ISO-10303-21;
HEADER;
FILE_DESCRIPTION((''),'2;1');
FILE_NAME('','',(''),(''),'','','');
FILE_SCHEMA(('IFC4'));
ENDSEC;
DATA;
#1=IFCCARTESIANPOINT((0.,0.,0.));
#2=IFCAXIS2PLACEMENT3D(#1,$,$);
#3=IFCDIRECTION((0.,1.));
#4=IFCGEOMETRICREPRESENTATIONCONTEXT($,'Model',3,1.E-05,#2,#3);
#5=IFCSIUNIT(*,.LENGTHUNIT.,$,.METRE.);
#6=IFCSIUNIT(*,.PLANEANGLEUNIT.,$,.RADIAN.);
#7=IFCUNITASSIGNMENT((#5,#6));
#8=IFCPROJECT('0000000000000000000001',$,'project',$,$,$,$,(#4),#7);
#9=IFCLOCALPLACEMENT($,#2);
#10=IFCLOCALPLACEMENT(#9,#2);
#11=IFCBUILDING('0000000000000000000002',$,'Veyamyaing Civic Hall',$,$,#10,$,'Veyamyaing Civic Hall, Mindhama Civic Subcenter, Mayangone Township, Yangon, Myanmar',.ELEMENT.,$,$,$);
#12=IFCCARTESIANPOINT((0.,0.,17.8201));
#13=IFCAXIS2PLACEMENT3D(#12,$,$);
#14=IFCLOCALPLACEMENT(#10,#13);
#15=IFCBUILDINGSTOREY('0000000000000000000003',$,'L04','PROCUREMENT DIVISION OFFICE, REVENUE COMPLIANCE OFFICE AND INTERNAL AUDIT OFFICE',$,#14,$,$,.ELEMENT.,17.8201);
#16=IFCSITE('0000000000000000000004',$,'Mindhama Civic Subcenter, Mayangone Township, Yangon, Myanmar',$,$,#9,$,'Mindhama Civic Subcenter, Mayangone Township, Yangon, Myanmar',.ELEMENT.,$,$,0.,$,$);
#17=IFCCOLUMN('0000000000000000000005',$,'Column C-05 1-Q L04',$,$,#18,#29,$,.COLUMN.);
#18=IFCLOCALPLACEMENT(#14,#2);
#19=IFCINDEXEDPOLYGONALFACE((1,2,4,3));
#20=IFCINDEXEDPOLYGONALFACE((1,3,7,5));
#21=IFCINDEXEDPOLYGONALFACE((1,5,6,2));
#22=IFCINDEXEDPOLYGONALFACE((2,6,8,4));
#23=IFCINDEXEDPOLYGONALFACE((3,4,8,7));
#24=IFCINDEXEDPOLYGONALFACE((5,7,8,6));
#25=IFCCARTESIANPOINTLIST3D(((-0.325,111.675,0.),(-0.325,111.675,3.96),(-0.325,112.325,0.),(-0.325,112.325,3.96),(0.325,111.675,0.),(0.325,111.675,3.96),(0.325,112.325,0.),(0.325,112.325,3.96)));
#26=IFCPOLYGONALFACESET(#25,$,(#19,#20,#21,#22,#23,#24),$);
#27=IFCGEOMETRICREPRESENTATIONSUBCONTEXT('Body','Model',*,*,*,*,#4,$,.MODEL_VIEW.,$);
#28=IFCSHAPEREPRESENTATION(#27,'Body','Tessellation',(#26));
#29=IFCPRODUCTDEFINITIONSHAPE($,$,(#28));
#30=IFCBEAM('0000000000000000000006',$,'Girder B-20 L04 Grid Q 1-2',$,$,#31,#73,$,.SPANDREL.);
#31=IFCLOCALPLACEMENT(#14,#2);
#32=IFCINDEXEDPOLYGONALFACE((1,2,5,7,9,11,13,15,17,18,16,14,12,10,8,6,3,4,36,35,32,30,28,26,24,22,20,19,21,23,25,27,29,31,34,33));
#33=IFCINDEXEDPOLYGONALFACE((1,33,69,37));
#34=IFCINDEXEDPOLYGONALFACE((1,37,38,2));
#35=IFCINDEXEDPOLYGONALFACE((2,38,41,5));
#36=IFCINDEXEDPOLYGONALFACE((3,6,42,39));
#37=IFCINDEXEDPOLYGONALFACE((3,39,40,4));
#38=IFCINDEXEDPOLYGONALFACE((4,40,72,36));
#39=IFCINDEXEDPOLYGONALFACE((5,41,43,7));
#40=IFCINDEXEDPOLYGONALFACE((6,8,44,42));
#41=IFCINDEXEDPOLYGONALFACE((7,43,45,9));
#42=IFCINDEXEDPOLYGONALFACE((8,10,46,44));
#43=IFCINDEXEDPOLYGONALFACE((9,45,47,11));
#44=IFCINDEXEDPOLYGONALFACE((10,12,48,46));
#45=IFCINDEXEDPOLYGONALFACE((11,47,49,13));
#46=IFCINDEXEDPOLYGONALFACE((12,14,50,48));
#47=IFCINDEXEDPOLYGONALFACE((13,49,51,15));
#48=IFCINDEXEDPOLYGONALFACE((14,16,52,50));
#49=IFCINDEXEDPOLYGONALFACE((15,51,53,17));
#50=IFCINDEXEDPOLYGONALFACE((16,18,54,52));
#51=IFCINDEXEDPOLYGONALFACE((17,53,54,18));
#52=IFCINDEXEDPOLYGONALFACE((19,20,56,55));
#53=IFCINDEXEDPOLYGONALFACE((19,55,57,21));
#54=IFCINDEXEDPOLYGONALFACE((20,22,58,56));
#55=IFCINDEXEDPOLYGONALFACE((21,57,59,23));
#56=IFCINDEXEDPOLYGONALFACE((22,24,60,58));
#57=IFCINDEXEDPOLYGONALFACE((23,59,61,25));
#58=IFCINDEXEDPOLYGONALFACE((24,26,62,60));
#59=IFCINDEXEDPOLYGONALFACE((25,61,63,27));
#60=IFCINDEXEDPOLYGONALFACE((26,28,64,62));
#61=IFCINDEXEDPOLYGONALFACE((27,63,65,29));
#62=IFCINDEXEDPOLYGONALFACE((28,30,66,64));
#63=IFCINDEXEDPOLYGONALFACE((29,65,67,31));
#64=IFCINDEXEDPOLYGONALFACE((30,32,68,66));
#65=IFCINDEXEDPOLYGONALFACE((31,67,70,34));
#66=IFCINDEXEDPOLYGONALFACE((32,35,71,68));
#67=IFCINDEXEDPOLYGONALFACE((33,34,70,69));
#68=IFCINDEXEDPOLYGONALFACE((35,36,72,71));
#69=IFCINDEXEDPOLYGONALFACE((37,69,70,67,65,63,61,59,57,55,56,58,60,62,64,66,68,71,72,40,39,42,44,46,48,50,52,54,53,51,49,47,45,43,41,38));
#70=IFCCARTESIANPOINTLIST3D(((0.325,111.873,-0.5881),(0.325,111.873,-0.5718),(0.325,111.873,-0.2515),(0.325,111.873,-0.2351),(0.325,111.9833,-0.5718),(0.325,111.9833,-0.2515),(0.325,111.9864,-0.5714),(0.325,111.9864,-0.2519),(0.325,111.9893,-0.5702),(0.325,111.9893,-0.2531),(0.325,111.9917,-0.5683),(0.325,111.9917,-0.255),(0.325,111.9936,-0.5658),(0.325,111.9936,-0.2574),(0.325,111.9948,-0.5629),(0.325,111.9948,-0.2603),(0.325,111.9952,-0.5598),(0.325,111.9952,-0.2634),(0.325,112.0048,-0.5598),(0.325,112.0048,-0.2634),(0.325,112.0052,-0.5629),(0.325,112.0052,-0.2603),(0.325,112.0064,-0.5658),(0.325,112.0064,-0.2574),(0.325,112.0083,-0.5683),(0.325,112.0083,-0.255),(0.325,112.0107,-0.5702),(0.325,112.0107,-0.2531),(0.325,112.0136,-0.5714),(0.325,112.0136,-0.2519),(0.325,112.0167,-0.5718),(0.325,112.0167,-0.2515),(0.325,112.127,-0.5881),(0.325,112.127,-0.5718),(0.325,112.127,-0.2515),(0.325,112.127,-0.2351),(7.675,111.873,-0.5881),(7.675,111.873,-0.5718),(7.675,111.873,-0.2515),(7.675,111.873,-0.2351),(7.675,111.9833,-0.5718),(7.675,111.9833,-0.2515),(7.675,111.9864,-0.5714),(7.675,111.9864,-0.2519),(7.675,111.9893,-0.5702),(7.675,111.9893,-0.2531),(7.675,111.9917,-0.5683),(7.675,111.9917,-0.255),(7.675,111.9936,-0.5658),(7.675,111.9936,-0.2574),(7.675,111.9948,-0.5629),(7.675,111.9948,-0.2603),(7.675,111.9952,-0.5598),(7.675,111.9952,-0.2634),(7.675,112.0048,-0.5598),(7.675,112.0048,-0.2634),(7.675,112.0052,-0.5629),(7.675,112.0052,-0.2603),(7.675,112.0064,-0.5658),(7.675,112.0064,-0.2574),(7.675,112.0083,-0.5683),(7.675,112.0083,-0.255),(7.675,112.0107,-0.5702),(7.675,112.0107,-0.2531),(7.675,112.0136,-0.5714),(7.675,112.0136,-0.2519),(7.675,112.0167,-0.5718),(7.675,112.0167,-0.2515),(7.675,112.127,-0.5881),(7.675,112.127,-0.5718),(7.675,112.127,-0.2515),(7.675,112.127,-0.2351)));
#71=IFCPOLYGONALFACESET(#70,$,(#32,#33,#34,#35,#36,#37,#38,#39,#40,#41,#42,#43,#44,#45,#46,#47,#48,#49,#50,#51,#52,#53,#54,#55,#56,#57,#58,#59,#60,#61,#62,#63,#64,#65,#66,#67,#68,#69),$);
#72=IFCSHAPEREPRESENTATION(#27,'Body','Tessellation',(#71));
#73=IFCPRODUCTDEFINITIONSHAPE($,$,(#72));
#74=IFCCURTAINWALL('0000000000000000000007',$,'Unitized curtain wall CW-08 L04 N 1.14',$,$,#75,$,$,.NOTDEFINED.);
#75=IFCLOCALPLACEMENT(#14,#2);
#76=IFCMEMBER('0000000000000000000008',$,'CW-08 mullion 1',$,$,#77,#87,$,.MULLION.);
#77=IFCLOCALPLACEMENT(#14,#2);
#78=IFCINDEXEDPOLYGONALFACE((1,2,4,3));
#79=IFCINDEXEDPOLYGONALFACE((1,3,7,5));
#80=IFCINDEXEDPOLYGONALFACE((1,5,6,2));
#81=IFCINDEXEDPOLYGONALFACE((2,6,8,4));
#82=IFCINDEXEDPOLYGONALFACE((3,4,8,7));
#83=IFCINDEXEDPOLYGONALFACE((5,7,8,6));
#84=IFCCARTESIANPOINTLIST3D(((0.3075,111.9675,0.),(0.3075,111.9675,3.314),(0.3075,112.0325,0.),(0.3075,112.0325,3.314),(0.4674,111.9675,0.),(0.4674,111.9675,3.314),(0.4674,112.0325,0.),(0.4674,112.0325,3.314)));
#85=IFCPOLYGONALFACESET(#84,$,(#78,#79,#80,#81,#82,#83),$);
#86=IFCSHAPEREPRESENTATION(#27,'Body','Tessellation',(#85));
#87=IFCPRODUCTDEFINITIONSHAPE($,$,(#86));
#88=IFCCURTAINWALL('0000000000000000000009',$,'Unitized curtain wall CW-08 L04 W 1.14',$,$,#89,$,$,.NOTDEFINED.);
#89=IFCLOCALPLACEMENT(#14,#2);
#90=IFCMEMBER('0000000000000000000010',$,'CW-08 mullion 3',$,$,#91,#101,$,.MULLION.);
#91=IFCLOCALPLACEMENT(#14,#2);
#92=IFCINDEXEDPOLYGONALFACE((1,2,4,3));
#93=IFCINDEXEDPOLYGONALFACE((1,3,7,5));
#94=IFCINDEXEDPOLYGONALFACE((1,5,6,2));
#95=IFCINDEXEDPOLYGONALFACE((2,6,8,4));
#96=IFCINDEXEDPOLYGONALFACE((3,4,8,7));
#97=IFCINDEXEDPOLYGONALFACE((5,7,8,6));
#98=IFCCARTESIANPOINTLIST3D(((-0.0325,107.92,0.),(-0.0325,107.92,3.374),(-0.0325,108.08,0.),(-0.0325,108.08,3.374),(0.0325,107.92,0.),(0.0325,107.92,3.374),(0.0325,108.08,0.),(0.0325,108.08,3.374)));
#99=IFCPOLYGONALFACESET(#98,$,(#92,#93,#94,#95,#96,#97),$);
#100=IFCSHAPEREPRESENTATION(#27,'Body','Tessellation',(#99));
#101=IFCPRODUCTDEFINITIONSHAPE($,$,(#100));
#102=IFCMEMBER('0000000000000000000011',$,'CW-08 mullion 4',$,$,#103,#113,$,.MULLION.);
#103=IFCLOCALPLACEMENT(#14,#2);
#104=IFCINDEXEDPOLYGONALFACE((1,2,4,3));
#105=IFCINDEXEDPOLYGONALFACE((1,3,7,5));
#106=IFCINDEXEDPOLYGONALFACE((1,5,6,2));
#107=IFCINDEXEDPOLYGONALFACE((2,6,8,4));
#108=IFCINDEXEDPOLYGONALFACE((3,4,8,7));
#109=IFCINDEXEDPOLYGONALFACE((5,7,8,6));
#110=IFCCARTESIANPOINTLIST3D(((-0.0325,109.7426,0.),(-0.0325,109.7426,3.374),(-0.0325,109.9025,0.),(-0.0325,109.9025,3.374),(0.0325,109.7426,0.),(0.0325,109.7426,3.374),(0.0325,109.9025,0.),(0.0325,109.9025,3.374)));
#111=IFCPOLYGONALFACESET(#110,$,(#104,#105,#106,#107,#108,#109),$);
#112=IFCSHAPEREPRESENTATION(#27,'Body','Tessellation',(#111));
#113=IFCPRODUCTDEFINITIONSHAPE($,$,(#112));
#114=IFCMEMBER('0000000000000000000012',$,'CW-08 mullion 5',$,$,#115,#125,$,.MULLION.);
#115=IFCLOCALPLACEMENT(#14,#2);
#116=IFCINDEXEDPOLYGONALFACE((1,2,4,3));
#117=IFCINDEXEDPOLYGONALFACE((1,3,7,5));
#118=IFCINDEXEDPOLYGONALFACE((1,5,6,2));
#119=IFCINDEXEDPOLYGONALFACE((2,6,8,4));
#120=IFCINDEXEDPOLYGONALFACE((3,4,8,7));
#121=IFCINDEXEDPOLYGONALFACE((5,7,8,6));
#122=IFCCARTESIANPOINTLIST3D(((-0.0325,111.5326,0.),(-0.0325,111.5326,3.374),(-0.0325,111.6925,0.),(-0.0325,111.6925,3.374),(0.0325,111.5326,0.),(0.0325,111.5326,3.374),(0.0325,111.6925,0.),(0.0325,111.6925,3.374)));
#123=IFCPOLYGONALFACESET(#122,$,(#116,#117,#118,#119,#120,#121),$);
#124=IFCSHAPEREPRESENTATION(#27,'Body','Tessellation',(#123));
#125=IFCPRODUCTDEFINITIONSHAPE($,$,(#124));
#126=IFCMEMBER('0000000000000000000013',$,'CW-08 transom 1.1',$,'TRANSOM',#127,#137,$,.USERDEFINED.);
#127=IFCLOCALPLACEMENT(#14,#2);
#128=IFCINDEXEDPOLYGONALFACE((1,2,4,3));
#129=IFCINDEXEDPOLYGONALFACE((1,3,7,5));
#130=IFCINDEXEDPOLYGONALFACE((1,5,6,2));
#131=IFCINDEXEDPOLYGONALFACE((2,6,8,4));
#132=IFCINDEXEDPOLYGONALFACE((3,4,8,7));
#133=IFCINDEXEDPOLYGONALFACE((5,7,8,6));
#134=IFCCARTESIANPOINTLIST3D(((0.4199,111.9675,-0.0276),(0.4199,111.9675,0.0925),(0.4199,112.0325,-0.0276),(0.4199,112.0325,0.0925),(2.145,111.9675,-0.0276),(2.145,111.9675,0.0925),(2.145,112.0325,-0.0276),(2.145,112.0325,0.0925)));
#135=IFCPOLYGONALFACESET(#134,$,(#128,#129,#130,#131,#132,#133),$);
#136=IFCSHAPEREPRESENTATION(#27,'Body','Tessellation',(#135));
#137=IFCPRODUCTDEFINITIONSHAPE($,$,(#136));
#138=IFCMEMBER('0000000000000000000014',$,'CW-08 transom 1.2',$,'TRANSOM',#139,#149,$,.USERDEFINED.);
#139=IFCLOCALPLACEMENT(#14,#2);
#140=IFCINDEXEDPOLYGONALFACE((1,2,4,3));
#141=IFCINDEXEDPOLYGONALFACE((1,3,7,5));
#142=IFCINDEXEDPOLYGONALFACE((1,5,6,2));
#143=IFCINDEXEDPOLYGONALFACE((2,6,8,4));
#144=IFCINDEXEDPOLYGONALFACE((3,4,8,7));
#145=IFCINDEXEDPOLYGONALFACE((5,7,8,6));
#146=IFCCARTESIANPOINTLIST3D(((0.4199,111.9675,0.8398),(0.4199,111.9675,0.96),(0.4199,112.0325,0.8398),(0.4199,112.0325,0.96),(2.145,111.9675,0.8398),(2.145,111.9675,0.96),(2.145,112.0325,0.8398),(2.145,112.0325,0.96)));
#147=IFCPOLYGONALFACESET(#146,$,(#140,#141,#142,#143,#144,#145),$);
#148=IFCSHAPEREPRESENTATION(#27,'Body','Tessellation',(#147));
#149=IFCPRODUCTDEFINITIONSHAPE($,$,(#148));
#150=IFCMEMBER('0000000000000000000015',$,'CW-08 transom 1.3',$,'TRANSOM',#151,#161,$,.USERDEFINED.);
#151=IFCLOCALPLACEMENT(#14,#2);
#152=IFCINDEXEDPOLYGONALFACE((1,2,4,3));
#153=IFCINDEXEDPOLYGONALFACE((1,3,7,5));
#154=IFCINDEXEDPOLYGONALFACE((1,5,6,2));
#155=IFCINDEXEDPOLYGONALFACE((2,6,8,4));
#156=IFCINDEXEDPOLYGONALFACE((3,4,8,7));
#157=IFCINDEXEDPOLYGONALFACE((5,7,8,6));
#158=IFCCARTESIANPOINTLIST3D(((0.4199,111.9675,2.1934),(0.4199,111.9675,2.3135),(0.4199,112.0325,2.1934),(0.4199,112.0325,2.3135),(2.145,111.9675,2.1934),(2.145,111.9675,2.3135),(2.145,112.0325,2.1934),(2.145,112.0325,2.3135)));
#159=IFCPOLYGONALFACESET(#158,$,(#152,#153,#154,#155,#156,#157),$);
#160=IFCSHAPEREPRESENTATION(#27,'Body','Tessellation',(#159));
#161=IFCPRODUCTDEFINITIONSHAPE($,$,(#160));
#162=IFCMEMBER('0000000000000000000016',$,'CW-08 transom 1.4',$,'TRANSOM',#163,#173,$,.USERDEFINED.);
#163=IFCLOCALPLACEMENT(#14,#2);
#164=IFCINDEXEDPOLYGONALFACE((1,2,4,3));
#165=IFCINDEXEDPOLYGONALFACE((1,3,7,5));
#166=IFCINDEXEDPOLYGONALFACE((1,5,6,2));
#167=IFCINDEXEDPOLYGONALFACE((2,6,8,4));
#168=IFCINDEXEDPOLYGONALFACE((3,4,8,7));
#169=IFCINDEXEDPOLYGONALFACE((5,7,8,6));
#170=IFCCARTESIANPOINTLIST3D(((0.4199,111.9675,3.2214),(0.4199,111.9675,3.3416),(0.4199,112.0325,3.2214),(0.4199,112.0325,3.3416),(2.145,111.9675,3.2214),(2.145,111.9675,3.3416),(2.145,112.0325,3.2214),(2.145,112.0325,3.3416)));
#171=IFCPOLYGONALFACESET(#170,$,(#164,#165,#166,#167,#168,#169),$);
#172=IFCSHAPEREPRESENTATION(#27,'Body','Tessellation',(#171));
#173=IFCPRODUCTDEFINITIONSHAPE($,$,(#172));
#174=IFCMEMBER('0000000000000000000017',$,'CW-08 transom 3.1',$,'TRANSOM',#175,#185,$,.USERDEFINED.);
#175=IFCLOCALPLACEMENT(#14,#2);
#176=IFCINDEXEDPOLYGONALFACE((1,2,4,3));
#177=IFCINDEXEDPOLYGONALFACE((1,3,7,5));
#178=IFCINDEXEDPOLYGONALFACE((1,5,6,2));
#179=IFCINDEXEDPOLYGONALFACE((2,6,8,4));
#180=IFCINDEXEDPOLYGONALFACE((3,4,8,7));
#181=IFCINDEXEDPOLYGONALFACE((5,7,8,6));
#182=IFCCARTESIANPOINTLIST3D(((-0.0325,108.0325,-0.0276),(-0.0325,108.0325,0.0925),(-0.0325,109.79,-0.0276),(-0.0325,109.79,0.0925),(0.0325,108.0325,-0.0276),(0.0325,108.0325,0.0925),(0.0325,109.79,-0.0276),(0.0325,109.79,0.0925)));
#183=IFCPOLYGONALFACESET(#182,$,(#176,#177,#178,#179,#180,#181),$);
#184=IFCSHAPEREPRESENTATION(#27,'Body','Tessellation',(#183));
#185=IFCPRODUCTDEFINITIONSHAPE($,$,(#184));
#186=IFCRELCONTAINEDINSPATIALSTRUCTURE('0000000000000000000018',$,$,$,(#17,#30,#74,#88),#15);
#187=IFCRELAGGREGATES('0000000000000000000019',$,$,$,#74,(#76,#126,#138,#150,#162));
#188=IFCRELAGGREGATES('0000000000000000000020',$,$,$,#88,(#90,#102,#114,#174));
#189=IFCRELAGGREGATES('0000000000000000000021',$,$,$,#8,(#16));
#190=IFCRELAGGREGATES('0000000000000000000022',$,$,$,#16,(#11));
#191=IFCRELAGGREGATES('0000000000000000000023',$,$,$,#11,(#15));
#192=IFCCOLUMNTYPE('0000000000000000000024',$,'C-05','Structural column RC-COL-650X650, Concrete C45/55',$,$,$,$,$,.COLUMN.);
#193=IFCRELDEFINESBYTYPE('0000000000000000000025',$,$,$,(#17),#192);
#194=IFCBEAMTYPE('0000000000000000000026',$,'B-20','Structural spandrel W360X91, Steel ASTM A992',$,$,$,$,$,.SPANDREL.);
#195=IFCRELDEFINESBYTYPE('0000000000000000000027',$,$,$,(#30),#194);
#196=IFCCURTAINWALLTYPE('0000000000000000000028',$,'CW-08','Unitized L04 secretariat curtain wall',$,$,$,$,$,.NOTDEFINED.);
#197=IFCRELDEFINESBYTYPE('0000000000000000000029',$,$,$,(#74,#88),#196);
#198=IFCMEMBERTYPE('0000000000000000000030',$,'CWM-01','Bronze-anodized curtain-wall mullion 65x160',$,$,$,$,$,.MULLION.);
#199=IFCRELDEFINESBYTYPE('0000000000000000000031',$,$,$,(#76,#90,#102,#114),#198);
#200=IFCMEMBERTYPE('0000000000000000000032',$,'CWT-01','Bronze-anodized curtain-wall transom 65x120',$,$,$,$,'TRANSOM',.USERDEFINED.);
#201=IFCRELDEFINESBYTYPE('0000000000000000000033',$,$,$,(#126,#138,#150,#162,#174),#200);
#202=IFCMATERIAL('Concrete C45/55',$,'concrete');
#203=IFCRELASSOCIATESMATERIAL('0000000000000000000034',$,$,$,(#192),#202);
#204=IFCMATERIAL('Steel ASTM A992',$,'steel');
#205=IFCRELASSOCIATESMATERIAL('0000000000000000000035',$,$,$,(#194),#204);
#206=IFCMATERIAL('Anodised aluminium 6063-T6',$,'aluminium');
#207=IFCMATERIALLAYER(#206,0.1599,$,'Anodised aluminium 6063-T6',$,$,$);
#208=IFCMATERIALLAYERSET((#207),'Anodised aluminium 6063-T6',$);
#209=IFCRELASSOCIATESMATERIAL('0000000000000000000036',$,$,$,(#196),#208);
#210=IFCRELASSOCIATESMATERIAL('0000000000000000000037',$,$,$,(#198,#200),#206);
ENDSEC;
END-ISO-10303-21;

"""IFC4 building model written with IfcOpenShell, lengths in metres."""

from ifc_helpers import new_model, si_unit, direction, frame, origin, origin_2d, place, context, subcontext, project, spatial, rectangle, i_section, extrude, material, layer, layer_set, material_profile, profile_set, type_object, element, aggregate, save


model = new_model("IFC4")

# Units and contexts
model_context = context("Model", 3, precision=1e-05, world=origin(), true_north=direction((0.0, 1.0)))
body_context = subcontext(model_context, "Body", "Model", "MODEL_VIEW")
ifc_project = project(units=[si_unit("LENGTHUNIT", "METRE"), si_unit("PLANEANGLEUNIT", "RADIAN")], contexts=[model_context])

# Site, building, storey
site_placement = place(None, origin())
site = spatial("IfcSite", under=ifc_project, at=site_placement, Name="Mindhama Civic Subcenter, Mayangone Township, Yangon, Myanmar", LongName="Mindhama Civic Subcenter, Mayangone Township, Yangon, Myanmar", CompositionType="ELEMENT", RefElevation=0.0)
building_placement = place(site_placement, origin())
building = spatial("IfcBuilding", under=site, at=building_placement, Name="Veyamyaing Civic Hall", LongName="Veyamyaing Civic Hall, Mindhama Civic Subcenter, Mayangone Township, Yangon, Myanmar", CompositionType="ELEMENT")
storey_placement = place(building_placement, frame((0.0, 0.0, 17.8201)))
storey = spatial("IfcBuildingStorey", under=building, at=storey_placement, Name="L04", Description="PROCUREMENT DIVISION OFFICE, REVENUE COMPLIANCE OFFICE AND INTERNAL AUDIT OFFICE", CompositionType="ELEMENT", Elevation=17.8201)

# Column
ifc_material_1 = material(Name="Concrete C45/55", Category="concrete")
ifc_material_profile_1 = material_profile(ifc_material_1, rectangle(XDim=0.6499, YDim=0.6499, at=origin_2d()), Name="RC-COL-650X650")
ifc_profile_set_1 = profile_set([ifc_material_profile_1], Name="Concrete C45/55")
column_type = type_object("IfcColumnType", Name="C-05", Description="Structural column RC-COL-650X650, Concrete C45/55", PredefinedType="COLUMN", material=ifc_profile_set_1)
column_placement = place(storey_placement, frame((0.0, 112.0, 0.0), z_axis=(0.0, 0.0, 1.0), x_axis=(1.0, 0.0, 0.0)))
element("IfcColumn", 1, at=column_placement, inside=storey, type_object=column_type, Name="Column C-05 1-Q L04", PredefinedType="COLUMN", context=body_context, shape_type="SweptSolid", body=[
    extrude(rectangle(XDim=0.6499, YDim=0.6499, at=origin_2d()), origin(), (0.0, 0.0, 1.0), 3.96),
])

# Beam
ifc_material_2 = material(Name="Steel ASTM A992", Category="steel")
ifc_material_profile_2 = material_profile(ifc_material_2, i_section(OverallWidth=0.2539, OverallDepth=0.353, WebThickness=0.0095, FlangeThickness=0.0164, FilletRadius=0.012, at=origin_2d()), Name="W360X91")
ifc_profile_set_2 = profile_set([ifc_material_profile_2], Name="Steel ASTM A992")
beam_type_1 = type_object("IfcBeamType", Name="B-20", Description="Structural spandrel W360X91, Steel ASTM A992", PredefinedType="SPANDREL", material=ifc_profile_set_2)
beam_1_placement = place(storey_placement, frame((0.325, 112.0, -0.4116), z_axis=(1.0, 0.0, 0.0), x_axis=(0.0, 1.0, 0.0)))
element("IfcBeam", 2, at=beam_1_placement, inside=storey, type_object=beam_type_1, Name="Girder B-20 L04 Grid Q 1-2", PredefinedType="SPANDREL", context=body_context, shape_type="SweptSolid", body=[
    extrude(i_section(OverallWidth=0.2539, OverallDepth=0.353, WebThickness=0.0095, FlangeThickness=0.0164, FilletRadius=0.012, at=origin_2d()), origin(), (0.0, 0.0, 1.0), 7.3501),
])

# Curtain wall, member
ifc_material_3 = material(Name="Anodised aluminium 6063-T6", Category="aluminium")
ifc_layer_1 = layer(ifc_material_3, 0.1599, Name="Anodised aluminium 6063-T6")
ifc_layer_set_1 = layer_set([ifc_layer_1], Name="Anodised aluminium 6063-T6")
curtain_wall_type = type_object("IfcCurtainWallType", Name="CW-08", Description="Unitized L04 secretariat curtain wall", PredefinedType="NOTDEFINED", material=ifc_layer_set_1)
curtain_wall_1_placement = place(storey_placement, origin())
curtain_wall_1 = element("IfcCurtainWall", 3, at=curtain_wall_1_placement, inside=storey, type_object=curtain_wall_type, Name="Unitized curtain wall CW-08 L04 N 1.14", PredefinedType="NOTDEFINED")
ifc_material_profile_3 = material_profile(ifc_material_3, rectangle(XDim=0.0649, YDim=0.1599, at=origin_2d()), Name="ALU-MUL-65X160")
ifc_profile_set_3 = profile_set([ifc_material_profile_3], Name="Anodised aluminium 6063-T6")
member_type_1 = type_object("IfcMemberType", Name="CWM-01", Description="Bronze-anodized curtain-wall mullion 65x160", PredefinedType="MULLION", material=ifc_profile_set_3)
member_1_placement = place(storey_placement, frame((0.3875, 112.0, 0.0), z_axis=(0.0, 0.0, 1.0), x_axis=(0.0, 1.0, 0.0)))
member_1 = element("IfcMember", 4, at=member_1_placement, type_object=member_type_1, Name="CW-08 mullion 1", PredefinedType="MULLION", context=body_context, shape_type="SweptSolid", body=[
    extrude(rectangle(XDim=0.0649, YDim=0.1599, at=origin_2d()), origin(), (0.0, 0.0, 1.0), 3.314),
])

# Curtain wall, members
curtain_wall_2_placement = place(storey_placement, origin())
curtain_wall_2 = element("IfcCurtainWall", 5, at=curtain_wall_2_placement, inside=storey, type_object=curtain_wall_type, Name="Unitized curtain wall CW-08 L04 W 1.14", PredefinedType="NOTDEFINED")
member_2_placement = place(storey_placement, frame((0.0, 108.0, 0.0), z_axis=(0.0, 0.0, 1.0), x_axis=(-1.0, 0.0, 0.0)))
member_2 = element("IfcMember", 6, at=member_2_placement, type_object=member_type_1, Name="CW-08 mullion 3", PredefinedType="MULLION", context=body_context, shape_type="SweptSolid", body=[
    extrude(rectangle(XDim=0.0649, YDim=0.1599, at=origin_2d()), origin(), (0.0, 0.0, 1.0), 3.374),
])
member_3_placement = place(storey_placement, frame((0.0, 109.8225, 0.0), z_axis=(0.0, 0.0, 1.0), x_axis=(-1.0, 0.0, 0.0)))
member_3 = element("IfcMember", 7, at=member_3_placement, type_object=member_type_1, Name="CW-08 mullion 4", PredefinedType="MULLION", context=body_context, shape_type="SweptSolid", body=[
    extrude(rectangle(XDim=0.0649, YDim=0.1599, at=origin_2d()), origin(), (0.0, 0.0, 1.0), 3.374),
])
member_4_placement = place(storey_placement, frame((0.0, 111.6125, 0.0), z_axis=(0.0, 0.0, 1.0), x_axis=(-1.0, 0.0, 0.0)))
member_4 = element("IfcMember", 8, at=member_4_placement, type_object=member_type_1, Name="CW-08 mullion 5", PredefinedType="MULLION", context=body_context, shape_type="SweptSolid", body=[
    extrude(rectangle(XDim=0.0649, YDim=0.1599, at=origin_2d()), origin(), (0.0, 0.0, 1.0), 3.374),
])

# Members
ifc_material_profile_4 = material_profile(ifc_material_3, rectangle(XDim=0.0649, YDim=0.1201, at=origin_2d()), Name="ALU-TRN-65X120")
ifc_profile_set_4 = profile_set([ifc_material_profile_4], Name="Anodised aluminium 6063-T6")
member_type_2 = type_object("IfcMemberType", Name="CWT-01", Description="Bronze-anodized curtain-wall transom 65x120", ElementType="TRANSOM", PredefinedType="USERDEFINED", material=ifc_profile_set_4)
member_5_placement = place(storey_placement, frame((0.4199, 112.0, 0.0325), z_axis=(1.0, 0.0, 0.0), x_axis=(0.0, 1.0, 0.0)))
member_5 = element("IfcMember", 9, at=member_5_placement, type_object=member_type_2, Name="CW-08 transom 1.1", ObjectType="TRANSOM", PredefinedType="USERDEFINED", context=body_context, shape_type="SweptSolid", body=[
    extrude(rectangle(XDim=0.0649, YDim=0.1201, at=origin_2d()), origin(), (0.0, 0.0, 1.0), 1.7251),
])
member_6_placement = place(storey_placement, frame((0.4199, 112.0, 0.8999), z_axis=(1.0, 0.0, 0.0), x_axis=(0.0, 1.0, 0.0)))
member_6 = element("IfcMember", 10, at=member_6_placement, type_object=member_type_2, Name="CW-08 transom 1.2", ObjectType="TRANSOM", PredefinedType="USERDEFINED", context=body_context, shape_type="SweptSolid", body=[
    extrude(rectangle(XDim=0.0649, YDim=0.1201, at=origin_2d()), origin(), (0.0, 0.0, 1.0), 1.7251),
])
member_7_placement = place(storey_placement, frame((0.4199, 112.0, 2.2534), z_axis=(1.0, 0.0, 0.0), x_axis=(0.0, 1.0, 0.0)))
member_7 = element("IfcMember", 11, at=member_7_placement, type_object=member_type_2, Name="CW-08 transom 1.3", ObjectType="TRANSOM", PredefinedType="USERDEFINED", context=body_context, shape_type="SweptSolid", body=[
    extrude(rectangle(XDim=0.0649, YDim=0.1201, at=origin_2d()), origin(), (0.0, 0.0, 1.0), 1.7251),
])
member_8_placement = place(storey_placement, frame((0.4199, 112.0, 3.2815), z_axis=(1.0, 0.0, 0.0), x_axis=(0.0, 1.0, 0.0)))
member_8 = element("IfcMember", 12, at=member_8_placement, type_object=member_type_2, Name="CW-08 transom 1.4", ObjectType="TRANSOM", PredefinedType="USERDEFINED", context=body_context, shape_type="SweptSolid", body=[
    extrude(rectangle(XDim=0.0649, YDim=0.1201, at=origin_2d()), origin(), (0.0, 0.0, 1.0), 1.7251),
])
member_9_placement = place(storey_placement, frame((0.0, 108.0325, 0.0325), z_axis=(0.0, 1.0, 0.0), x_axis=(-1.0, 0.0, 0.0)))
member_9 = element("IfcMember", 13, at=member_9_placement, type_object=member_type_2, Name="CW-08 transom 3.1", ObjectType="TRANSOM", PredefinedType="USERDEFINED", context=body_context, shape_type="SweptSolid", body=[
    extrude(rectangle(XDim=0.0649, YDim=0.1201, at=origin_2d()), origin(), (0.0, 0.0, 1.0), 1.7576),
])

aggregate(curtain_wall_1, [member_1, member_5, member_6, member_7, member_8])
aggregate(curtain_wall_2, [member_2, member_3, member_4, member_9])

save(model, "model.ifc")
